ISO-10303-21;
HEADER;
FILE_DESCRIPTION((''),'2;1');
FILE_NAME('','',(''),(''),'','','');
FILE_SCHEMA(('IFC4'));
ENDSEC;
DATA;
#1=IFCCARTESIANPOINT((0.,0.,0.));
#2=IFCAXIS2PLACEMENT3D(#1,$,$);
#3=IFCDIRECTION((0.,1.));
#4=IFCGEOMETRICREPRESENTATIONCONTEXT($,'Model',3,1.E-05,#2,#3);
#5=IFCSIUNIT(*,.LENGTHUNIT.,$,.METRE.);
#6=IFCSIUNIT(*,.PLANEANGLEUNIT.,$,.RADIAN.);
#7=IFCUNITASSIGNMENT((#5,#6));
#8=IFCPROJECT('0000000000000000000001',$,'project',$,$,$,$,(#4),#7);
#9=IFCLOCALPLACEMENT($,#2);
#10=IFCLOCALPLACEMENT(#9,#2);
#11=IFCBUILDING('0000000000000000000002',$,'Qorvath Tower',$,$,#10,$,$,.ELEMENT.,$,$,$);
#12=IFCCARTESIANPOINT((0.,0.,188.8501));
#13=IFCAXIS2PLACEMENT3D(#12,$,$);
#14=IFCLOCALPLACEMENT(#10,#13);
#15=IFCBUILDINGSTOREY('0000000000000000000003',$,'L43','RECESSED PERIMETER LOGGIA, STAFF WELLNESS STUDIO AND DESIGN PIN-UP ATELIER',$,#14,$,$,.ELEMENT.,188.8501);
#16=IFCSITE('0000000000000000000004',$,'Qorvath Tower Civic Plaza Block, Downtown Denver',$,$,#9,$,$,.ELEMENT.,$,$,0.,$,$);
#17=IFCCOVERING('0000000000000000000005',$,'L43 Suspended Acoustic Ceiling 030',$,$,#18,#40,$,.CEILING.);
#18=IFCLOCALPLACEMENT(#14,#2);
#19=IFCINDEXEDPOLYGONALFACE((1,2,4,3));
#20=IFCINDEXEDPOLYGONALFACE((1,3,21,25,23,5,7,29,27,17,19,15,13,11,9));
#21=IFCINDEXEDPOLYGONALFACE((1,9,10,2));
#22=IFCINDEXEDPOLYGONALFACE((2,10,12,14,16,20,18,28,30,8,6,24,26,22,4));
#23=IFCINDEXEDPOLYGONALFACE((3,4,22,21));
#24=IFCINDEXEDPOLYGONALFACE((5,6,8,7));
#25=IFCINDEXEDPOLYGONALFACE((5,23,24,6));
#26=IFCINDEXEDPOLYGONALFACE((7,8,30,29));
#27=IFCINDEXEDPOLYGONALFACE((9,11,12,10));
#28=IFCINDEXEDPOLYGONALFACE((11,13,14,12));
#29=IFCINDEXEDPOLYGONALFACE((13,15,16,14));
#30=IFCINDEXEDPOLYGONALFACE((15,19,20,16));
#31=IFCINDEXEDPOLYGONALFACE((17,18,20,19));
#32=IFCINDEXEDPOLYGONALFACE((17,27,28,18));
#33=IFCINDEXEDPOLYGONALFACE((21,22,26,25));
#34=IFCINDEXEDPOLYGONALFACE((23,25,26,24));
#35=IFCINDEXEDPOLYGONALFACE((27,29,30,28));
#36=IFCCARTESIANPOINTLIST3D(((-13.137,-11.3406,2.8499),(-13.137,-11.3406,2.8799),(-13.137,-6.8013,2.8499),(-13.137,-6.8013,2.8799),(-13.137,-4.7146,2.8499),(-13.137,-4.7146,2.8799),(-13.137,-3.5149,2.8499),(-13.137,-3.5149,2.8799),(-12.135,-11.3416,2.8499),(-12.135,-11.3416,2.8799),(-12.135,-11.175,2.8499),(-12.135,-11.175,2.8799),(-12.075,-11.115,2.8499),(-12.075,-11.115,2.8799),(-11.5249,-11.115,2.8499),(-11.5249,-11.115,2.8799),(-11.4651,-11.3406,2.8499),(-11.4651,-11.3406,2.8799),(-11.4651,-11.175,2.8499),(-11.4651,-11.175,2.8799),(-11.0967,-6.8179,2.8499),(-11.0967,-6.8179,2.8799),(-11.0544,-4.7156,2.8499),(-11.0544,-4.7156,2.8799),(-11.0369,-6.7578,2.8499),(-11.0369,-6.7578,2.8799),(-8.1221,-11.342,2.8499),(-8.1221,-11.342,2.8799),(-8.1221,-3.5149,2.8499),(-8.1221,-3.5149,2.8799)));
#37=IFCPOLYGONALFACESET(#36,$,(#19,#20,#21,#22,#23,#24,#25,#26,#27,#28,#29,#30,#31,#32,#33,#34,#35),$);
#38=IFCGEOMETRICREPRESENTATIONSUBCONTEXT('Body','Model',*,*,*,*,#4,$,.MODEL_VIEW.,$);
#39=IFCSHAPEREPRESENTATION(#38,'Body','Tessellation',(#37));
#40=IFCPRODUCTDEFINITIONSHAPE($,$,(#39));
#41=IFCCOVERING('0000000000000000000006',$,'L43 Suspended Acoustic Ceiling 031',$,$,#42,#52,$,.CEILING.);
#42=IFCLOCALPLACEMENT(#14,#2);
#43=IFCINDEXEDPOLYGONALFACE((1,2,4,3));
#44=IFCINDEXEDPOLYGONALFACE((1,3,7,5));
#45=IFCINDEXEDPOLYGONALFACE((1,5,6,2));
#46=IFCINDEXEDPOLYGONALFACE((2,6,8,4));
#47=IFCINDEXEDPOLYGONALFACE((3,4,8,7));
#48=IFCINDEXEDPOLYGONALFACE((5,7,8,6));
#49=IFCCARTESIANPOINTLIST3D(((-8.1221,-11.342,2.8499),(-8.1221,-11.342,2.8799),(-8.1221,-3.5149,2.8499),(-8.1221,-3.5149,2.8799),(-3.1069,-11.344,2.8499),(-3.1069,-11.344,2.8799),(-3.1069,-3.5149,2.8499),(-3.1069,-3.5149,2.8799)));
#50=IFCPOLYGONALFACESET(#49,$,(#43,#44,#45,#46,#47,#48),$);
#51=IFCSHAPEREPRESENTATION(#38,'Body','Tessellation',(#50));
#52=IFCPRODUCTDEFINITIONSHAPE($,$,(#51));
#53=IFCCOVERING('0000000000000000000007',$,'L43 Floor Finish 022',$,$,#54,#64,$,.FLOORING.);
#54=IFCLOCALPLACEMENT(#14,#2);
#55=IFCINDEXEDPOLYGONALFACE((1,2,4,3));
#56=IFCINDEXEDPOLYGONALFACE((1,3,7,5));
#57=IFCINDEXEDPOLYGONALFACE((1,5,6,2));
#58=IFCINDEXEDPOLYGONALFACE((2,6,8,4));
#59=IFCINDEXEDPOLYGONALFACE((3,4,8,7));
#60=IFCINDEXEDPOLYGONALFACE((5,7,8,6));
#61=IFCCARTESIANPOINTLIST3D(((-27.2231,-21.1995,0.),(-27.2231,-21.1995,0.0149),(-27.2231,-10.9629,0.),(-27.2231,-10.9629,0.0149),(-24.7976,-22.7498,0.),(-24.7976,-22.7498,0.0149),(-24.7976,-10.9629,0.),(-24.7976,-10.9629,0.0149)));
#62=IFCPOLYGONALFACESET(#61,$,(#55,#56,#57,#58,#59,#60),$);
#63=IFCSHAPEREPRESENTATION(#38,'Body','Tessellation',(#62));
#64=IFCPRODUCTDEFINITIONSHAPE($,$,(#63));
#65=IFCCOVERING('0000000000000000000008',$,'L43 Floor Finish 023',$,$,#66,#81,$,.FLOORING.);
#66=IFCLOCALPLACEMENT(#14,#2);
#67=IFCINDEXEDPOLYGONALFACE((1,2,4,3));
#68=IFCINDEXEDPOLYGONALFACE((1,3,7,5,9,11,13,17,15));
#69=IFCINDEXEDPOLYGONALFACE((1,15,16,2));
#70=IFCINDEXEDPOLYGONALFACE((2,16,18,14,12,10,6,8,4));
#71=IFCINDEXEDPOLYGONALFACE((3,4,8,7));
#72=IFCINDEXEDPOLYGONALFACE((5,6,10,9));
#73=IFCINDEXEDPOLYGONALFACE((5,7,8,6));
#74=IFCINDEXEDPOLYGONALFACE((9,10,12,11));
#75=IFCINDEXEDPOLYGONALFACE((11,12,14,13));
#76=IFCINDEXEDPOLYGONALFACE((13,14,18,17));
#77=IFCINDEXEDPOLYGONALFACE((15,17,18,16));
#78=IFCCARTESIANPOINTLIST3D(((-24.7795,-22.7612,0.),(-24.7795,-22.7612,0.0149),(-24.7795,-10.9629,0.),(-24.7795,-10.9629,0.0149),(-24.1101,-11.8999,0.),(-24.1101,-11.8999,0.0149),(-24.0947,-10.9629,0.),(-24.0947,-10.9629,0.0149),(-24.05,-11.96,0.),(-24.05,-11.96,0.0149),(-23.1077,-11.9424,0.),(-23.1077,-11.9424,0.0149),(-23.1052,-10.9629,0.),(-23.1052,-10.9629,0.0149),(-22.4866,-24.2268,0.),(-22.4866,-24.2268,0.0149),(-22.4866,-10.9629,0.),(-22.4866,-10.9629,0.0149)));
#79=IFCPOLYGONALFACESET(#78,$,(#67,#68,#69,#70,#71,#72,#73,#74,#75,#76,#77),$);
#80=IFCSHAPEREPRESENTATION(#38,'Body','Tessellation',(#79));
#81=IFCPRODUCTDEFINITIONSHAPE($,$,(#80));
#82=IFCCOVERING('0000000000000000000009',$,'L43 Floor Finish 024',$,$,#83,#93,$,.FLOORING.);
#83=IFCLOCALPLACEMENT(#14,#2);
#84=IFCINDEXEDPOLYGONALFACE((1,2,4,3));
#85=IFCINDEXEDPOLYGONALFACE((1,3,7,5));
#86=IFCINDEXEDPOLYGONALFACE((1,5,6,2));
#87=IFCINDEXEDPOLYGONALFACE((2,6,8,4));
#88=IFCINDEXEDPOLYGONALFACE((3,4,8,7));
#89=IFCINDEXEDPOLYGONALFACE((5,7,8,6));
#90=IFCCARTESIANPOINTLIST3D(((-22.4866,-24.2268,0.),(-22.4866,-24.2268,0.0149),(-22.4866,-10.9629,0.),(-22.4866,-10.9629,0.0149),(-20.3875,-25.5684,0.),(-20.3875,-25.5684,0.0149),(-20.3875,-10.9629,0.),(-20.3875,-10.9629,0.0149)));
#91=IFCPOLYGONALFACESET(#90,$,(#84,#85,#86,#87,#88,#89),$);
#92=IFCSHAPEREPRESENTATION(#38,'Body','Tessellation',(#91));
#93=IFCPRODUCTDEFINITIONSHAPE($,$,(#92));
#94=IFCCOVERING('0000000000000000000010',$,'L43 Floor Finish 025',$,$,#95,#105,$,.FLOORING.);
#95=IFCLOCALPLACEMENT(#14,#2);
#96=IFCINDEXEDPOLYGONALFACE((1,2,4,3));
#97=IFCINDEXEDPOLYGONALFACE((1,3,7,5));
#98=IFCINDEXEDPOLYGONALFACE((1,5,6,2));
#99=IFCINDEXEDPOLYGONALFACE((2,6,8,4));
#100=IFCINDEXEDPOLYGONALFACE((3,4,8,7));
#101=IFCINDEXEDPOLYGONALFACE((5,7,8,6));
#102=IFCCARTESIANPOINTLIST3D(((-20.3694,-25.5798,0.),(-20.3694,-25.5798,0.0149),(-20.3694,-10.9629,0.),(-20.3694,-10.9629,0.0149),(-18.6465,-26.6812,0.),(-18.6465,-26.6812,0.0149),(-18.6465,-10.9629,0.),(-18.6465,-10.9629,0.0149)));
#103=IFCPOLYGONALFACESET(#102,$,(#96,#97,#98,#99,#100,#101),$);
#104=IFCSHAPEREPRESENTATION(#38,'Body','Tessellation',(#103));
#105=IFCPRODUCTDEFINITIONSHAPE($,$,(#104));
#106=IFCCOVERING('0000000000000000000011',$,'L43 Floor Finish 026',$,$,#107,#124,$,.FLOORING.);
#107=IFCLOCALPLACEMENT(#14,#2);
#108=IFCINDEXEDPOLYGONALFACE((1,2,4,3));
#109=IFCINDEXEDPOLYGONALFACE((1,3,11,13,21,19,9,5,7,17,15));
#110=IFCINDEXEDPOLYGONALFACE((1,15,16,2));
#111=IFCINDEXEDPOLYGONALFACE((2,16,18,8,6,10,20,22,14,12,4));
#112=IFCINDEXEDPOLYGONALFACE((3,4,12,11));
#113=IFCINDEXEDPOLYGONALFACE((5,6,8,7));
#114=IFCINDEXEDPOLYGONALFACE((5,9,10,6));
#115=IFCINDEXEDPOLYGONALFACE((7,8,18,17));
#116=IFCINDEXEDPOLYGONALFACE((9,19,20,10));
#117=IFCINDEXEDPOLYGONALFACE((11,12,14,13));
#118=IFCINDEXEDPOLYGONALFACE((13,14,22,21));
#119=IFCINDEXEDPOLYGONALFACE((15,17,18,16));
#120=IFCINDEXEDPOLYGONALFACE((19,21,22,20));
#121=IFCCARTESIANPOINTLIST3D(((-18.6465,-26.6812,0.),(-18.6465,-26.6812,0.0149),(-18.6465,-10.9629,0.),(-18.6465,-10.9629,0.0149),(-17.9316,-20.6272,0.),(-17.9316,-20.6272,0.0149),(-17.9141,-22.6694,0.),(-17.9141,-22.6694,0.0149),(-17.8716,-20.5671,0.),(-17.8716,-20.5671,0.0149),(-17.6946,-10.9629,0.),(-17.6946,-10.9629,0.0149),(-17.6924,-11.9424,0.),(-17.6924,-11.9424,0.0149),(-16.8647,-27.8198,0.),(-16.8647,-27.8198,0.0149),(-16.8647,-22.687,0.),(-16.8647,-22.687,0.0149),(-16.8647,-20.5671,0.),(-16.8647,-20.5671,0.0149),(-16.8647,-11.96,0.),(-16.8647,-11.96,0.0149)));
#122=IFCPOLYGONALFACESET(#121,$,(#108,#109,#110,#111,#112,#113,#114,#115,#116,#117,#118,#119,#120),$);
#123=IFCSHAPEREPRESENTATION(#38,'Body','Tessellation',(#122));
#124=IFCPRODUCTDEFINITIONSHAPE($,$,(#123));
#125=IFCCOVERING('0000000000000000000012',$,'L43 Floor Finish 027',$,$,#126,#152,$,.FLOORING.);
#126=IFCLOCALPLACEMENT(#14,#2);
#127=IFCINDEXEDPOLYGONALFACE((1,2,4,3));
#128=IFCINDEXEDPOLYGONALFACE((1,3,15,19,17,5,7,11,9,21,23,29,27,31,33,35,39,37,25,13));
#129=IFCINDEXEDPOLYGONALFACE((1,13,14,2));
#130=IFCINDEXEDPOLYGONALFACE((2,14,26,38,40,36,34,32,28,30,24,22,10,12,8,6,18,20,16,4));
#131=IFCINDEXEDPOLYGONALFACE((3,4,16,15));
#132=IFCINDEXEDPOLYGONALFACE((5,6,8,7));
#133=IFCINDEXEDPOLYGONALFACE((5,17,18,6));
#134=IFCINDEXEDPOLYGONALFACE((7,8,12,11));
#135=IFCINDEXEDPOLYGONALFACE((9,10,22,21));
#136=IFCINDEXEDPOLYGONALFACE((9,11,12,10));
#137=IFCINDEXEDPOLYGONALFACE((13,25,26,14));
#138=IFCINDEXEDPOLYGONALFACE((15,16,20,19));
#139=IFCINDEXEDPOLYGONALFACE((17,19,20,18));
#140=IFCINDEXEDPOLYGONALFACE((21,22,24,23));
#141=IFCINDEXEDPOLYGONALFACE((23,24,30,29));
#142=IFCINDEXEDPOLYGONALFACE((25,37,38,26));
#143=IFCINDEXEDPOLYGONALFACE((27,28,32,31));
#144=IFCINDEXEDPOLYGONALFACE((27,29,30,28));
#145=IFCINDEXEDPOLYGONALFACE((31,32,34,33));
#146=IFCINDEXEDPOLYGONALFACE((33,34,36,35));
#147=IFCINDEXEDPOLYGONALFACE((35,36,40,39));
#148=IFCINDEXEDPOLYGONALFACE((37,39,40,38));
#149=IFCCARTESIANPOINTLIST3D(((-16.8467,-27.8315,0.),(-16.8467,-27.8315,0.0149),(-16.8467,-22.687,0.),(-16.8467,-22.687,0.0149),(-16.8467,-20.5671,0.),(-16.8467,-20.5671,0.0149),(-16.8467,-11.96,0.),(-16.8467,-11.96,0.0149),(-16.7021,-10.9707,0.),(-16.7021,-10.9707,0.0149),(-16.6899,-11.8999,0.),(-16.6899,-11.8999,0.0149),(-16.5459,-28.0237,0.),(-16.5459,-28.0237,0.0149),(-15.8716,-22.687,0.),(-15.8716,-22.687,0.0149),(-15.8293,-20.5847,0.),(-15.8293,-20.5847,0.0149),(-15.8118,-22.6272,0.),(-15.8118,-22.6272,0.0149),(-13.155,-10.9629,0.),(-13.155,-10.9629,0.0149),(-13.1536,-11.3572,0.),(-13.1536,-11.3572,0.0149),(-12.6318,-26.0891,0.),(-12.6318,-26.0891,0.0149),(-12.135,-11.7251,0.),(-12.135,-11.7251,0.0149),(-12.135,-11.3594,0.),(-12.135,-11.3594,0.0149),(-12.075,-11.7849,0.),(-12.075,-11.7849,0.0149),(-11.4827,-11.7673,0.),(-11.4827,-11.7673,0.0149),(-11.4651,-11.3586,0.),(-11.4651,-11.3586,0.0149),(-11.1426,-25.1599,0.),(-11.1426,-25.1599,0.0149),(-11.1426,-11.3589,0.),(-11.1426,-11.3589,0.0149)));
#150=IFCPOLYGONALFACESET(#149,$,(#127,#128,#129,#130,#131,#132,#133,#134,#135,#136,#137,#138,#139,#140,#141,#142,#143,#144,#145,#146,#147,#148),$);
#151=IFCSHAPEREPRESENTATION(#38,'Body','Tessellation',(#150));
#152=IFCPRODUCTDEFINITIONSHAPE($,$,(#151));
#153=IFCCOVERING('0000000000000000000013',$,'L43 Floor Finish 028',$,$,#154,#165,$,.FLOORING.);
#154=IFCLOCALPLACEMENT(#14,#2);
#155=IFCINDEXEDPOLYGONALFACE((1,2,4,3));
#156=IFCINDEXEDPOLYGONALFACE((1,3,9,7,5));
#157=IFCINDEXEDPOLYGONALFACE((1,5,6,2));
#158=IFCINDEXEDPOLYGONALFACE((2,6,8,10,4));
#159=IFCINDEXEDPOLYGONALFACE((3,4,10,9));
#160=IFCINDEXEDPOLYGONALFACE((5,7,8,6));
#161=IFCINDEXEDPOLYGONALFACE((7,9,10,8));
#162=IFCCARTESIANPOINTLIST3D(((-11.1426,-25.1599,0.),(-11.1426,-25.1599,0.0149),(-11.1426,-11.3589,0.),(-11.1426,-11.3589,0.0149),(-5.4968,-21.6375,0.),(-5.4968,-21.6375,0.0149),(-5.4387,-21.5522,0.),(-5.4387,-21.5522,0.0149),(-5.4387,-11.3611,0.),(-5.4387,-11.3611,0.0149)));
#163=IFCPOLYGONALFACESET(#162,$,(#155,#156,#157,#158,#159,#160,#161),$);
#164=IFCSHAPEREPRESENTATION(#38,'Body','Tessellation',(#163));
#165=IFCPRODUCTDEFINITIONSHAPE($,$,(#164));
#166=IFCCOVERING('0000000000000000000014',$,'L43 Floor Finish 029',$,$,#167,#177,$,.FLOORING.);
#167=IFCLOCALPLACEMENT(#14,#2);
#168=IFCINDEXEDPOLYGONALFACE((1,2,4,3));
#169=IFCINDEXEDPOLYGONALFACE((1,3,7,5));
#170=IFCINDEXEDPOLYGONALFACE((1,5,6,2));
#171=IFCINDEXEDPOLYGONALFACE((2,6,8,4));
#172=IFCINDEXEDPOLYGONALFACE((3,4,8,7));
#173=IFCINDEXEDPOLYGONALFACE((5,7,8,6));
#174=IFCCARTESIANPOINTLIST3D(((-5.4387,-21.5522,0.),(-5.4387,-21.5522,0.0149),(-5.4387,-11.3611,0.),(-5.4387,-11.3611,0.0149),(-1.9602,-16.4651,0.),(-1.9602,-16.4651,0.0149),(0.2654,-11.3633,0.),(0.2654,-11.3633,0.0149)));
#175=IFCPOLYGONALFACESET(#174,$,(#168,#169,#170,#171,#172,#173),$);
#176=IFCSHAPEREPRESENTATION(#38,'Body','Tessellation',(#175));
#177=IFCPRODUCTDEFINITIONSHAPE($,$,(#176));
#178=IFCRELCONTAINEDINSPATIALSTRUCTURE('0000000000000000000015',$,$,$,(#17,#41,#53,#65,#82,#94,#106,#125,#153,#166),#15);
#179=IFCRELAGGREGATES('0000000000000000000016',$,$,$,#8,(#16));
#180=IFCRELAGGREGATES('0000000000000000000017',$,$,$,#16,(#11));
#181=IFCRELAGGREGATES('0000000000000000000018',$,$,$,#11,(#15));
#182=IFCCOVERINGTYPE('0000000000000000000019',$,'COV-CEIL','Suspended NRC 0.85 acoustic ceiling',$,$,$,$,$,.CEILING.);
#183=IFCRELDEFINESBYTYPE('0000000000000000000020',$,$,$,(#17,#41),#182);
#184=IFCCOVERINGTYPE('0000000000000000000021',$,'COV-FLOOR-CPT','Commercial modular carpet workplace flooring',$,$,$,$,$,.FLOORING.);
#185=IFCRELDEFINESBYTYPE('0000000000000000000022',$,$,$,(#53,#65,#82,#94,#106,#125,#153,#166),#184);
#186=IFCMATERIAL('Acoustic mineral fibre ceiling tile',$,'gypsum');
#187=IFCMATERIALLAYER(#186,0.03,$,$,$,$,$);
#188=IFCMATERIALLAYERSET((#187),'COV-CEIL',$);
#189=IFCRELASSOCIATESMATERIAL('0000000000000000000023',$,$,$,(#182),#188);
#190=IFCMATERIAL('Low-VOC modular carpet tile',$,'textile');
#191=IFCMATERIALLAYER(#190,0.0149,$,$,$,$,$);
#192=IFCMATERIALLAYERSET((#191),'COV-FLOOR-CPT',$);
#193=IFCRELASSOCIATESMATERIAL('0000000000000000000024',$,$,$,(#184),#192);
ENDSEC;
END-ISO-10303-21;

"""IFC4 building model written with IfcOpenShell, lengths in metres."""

from ifc_helpers import new_model, si_unit, direction, frame, origin, place, context, subcontext, project, spatial, polyline, outline, extrude, material, layer, layer_set, type_object, element, save


model = new_model("IFC4")

# Units and contexts
model_context = context("Model", 3, precision=1e-05, world=origin(), true_north=direction((0.0, 1.0)))
body_context = subcontext(model_context, "Body", "Model", "MODEL_VIEW")
ifc_project = project(units=[si_unit("LENGTHUNIT", "METRE"), si_unit("PLANEANGLEUNIT", "RADIAN")], contexts=[model_context])

# Site, building, storey
site_placement = place(None, origin())
site = spatial("IfcSite", under=ifc_project, at=site_placement, Name="Qorvath Tower Civic Plaza Block, Downtown Denver", CompositionType="ELEMENT", RefElevation=0.0)
building_placement = place(site_placement, origin())
building = spatial("IfcBuilding", under=site, at=building_placement, Name="Qorvath Tower", CompositionType="ELEMENT")
storey_placement = place(building_placement, frame((0.0, 0.0, 188.8501)))
storey = spatial("IfcBuildingStorey", under=building, at=storey_placement, Name="L43", Description="RECESSED PERIMETER LOGGIA, STAFF WELLNESS STUDIO AND DESIGN PIN-UP ATELIER", CompositionType="ELEMENT", Elevation=188.8501)

# Coverings
ifc_material_1 = material(Name="Acoustic mineral fibre ceiling tile", Category="gypsum")
ifc_layer_1 = layer(ifc_material_1, 0.03)
ifc_layer_set_1 = layer_set([ifc_layer_1], Name="COV-CEIL")
covering_type_1 = type_object("IfcCoveringType", Name="COV-CEIL", Description="Suspended NRC 0.85 acoustic ceiling", PredefinedType="CEILING", material=ifc_layer_set_1)
covering_1_placement = place(storey_placement, frame((0.0, 0.0, 2.8499)))
element("IfcCovering", 1, at=covering_1_placement, inside=storey, type_object=covering_type_1, Name="L43 Suspended Acoustic Ceiling 030", PredefinedType="CEILING", context=body_context, shape_type="SweptSolid", body=[
    extrude(outline(polyline([(-8.1221, -11.342), (-8.1221, -3.5149), (-13.137, -3.5149), (-13.137, -4.7146), (-11.0544, -4.7156), (-11.0369, -6.7578), (-11.0967, -6.8179), (-13.137, -6.8013), (-13.137, -11.3406), (-12.135, -11.3416), (-12.135, -11.175), (-12.075, -11.115), (-11.5249, -11.115), (-11.4651, -11.175), (-11.4651, -11.3406), (-8.1221, -11.342)])), origin(), (0.0, 0.0, 1.0), 0.03),
])
covering_2_placement = place(storey_placement, frame((0.0, 0.0, 2.8499)))
element("IfcCovering", 2, at=covering_2_placement, inside=storey, type_object=covering_type_1, Name="L43 Suspended Acoustic Ceiling 031", PredefinedType="CEILING", context=body_context, shape_type="SweptSolid", body=[
    extrude(outline(polyline([(-3.1069, -11.344), (-3.1069, -3.5149), (-8.1221, -3.5149), (-8.1221, -11.342), (-3.1069, -11.344)])), origin(), (0.0, 0.0, 1.0), 0.03),
])
ifc_material_2 = material(Name="Low-VOC modular carpet tile", Category="textile")
ifc_layer_2 = layer(ifc_material_2, 0.0149)
ifc_layer_set_2 = layer_set([ifc_layer_2], Name="COV-FLOOR-CPT")
covering_type_2 = type_object("IfcCoveringType", Name="COV-FLOOR-CPT", Description="Commercial modular carpet workplace flooring", PredefinedType="FLOORING", material=ifc_layer_set_2)
covering_3_placement = place(storey_placement, origin())
element("IfcCovering", 3, at=covering_3_placement, inside=storey, type_object=covering_type_2, Name="L43 Floor Finish 022", PredefinedType="FLOORING", context=body_context, shape_type="SweptSolid", body=[
    extrude(outline(polyline([(-24.7976, -10.9629), (-27.2231, -10.9629), (-27.2231, -21.1995), (-24.7976, -22.7498), (-24.7976, -10.9629)])), origin(), (0.0, 0.0, 1.0), 0.0149),
])
covering_4_placement = place(storey_placement, origin())
element("IfcCovering", 4, at=covering_4_placement, inside=storey, type_object=covering_type_2, Name="L43 Floor Finish 023", PredefinedType="FLOORING", context=body_context, shape_type="SweptSolid", body=[
    extrude(outline(polyline([(-24.0947, -10.9629), (-24.7795, -10.9629), (-24.7795, -22.7612), (-22.4866, -24.2268), (-22.4866, -10.9629), (-23.1052, -10.9629), (-23.1077, -11.9424), (-24.05, -11.96), (-24.1101, -11.8999), (-24.0947, -10.9629)])), origin(), (0.0, 0.0, 1.0), 0.0149),
])
covering_5_placement = place(storey_placement, origin())
element("IfcCovering", 5, at=covering_5_placement, inside=storey, type_object=covering_type_2, Name="L43 Floor Finish 024", PredefinedType="FLOORING", context=body_context, shape_type="SweptSolid", body=[
    extrude(outline(polyline([(-22.4866, -10.9629), (-22.4866, -24.2268), (-20.3875, -25.5684), (-20.3875, -10.9629), (-22.4866, -10.9629)])), origin(), (0.0, 0.0, 1.0), 0.0149),
])
covering_6_placement = place(storey_placement, origin())
element("IfcCovering", 6, at=covering_6_placement, inside=storey, type_object=covering_type_2, Name="L43 Floor Finish 025", PredefinedType="FLOORING", context=body_context, shape_type="SweptSolid", body=[
    extrude(outline(polyline([(-18.6465, -26.6812), (-18.6465, -10.9629), (-20.3694, -10.9629), (-20.3694, -25.5798), (-18.6465, -26.6812)])), origin(), (0.0, 0.0, 1.0), 0.0149),
])
covering_7_placement = place(storey_placement, origin())
element("IfcCovering", 7, at=covering_7_placement, inside=storey, type_object=covering_type_2, Name="L43 Floor Finish 026", PredefinedType="FLOORING", context=body_context, shape_type="SweptSolid", body=[
    extrude(outline(polyline([(-17.8716, -20.5671), (-16.8647, -20.5671), (-16.8647, -11.96), (-17.6924, -11.9424), (-17.6946, -10.9629), (-18.6465, -10.9629), (-18.6465, -26.6812), (-16.8647, -27.8198), (-16.8647, -22.687), (-17.9141, -22.6694), (-17.9316, -20.6272), (-17.8716, -20.5671)])), origin(), (0.0, 0.0, 1.0), 0.0149),
])
covering_8_placement = place(storey_placement, origin())
element("IfcCovering", 8, at=covering_8_placement, inside=storey, type_object=covering_type_2, Name="L43 Floor Finish 027", PredefinedType="FLOORING", context=body_context, shape_type="SweptSolid", body=[
    extrude(outline(polyline([(-16.8467, -27.8315), (-16.5459, -28.0237), (-12.6318, -26.0891), (-11.1426, -25.1599), (-11.1426, -11.3589), (-11.4651, -11.3586), (-11.4827, -11.7673), (-12.075, -11.7849), (-12.135, -11.7251), (-12.135, -11.3594), (-13.1536, -11.3572), (-13.155, -10.9629), (-16.7021, -10.9707), (-16.6899, -11.8999), (-16.8467, -11.96), (-16.8467, -20.5671), (-15.8293, -20.5847), (-15.8118, -22.6272), (-15.8716, -22.687), (-16.8467, -22.687), (-16.8467, -27.8315)])), origin(), (0.0, 0.0, 1.0), 0.0149),
])
covering_9_placement = place(storey_placement, origin())
element("IfcCovering", 9, at=covering_9_placement, inside=storey, type_object=covering_type_2, Name="L43 Floor Finish 028", PredefinedType="FLOORING", context=body_context, shape_type="SweptSolid", body=[
    extrude(outline(polyline([(-11.1426, -11.3589), (-11.1426, -25.1599), (-5.4968, -21.6375), (-5.4387, -21.5522), (-5.4387, -11.3611), (-11.1426, -11.3589)])), origin(), (0.0, 0.0, 1.0), 0.0149),
])
covering_10_placement = place(storey_placement, origin())
element("IfcCovering", 10, at=covering_10_placement, inside=storey, type_object=covering_type_2, Name="L43 Floor Finish 029", PredefinedType="FLOORING", context=body_context, shape_type="SweptSolid", body=[
    extrude(outline(polyline([(-5.4387, -11.3611), (-5.4387, -21.5522), (-1.9602, -16.4651), (0.2654, -11.3633), (-5.4387, -11.3611)])), origin(), (0.0, 0.0, 1.0), 0.0149),
])

save(model, "model.ifc")
